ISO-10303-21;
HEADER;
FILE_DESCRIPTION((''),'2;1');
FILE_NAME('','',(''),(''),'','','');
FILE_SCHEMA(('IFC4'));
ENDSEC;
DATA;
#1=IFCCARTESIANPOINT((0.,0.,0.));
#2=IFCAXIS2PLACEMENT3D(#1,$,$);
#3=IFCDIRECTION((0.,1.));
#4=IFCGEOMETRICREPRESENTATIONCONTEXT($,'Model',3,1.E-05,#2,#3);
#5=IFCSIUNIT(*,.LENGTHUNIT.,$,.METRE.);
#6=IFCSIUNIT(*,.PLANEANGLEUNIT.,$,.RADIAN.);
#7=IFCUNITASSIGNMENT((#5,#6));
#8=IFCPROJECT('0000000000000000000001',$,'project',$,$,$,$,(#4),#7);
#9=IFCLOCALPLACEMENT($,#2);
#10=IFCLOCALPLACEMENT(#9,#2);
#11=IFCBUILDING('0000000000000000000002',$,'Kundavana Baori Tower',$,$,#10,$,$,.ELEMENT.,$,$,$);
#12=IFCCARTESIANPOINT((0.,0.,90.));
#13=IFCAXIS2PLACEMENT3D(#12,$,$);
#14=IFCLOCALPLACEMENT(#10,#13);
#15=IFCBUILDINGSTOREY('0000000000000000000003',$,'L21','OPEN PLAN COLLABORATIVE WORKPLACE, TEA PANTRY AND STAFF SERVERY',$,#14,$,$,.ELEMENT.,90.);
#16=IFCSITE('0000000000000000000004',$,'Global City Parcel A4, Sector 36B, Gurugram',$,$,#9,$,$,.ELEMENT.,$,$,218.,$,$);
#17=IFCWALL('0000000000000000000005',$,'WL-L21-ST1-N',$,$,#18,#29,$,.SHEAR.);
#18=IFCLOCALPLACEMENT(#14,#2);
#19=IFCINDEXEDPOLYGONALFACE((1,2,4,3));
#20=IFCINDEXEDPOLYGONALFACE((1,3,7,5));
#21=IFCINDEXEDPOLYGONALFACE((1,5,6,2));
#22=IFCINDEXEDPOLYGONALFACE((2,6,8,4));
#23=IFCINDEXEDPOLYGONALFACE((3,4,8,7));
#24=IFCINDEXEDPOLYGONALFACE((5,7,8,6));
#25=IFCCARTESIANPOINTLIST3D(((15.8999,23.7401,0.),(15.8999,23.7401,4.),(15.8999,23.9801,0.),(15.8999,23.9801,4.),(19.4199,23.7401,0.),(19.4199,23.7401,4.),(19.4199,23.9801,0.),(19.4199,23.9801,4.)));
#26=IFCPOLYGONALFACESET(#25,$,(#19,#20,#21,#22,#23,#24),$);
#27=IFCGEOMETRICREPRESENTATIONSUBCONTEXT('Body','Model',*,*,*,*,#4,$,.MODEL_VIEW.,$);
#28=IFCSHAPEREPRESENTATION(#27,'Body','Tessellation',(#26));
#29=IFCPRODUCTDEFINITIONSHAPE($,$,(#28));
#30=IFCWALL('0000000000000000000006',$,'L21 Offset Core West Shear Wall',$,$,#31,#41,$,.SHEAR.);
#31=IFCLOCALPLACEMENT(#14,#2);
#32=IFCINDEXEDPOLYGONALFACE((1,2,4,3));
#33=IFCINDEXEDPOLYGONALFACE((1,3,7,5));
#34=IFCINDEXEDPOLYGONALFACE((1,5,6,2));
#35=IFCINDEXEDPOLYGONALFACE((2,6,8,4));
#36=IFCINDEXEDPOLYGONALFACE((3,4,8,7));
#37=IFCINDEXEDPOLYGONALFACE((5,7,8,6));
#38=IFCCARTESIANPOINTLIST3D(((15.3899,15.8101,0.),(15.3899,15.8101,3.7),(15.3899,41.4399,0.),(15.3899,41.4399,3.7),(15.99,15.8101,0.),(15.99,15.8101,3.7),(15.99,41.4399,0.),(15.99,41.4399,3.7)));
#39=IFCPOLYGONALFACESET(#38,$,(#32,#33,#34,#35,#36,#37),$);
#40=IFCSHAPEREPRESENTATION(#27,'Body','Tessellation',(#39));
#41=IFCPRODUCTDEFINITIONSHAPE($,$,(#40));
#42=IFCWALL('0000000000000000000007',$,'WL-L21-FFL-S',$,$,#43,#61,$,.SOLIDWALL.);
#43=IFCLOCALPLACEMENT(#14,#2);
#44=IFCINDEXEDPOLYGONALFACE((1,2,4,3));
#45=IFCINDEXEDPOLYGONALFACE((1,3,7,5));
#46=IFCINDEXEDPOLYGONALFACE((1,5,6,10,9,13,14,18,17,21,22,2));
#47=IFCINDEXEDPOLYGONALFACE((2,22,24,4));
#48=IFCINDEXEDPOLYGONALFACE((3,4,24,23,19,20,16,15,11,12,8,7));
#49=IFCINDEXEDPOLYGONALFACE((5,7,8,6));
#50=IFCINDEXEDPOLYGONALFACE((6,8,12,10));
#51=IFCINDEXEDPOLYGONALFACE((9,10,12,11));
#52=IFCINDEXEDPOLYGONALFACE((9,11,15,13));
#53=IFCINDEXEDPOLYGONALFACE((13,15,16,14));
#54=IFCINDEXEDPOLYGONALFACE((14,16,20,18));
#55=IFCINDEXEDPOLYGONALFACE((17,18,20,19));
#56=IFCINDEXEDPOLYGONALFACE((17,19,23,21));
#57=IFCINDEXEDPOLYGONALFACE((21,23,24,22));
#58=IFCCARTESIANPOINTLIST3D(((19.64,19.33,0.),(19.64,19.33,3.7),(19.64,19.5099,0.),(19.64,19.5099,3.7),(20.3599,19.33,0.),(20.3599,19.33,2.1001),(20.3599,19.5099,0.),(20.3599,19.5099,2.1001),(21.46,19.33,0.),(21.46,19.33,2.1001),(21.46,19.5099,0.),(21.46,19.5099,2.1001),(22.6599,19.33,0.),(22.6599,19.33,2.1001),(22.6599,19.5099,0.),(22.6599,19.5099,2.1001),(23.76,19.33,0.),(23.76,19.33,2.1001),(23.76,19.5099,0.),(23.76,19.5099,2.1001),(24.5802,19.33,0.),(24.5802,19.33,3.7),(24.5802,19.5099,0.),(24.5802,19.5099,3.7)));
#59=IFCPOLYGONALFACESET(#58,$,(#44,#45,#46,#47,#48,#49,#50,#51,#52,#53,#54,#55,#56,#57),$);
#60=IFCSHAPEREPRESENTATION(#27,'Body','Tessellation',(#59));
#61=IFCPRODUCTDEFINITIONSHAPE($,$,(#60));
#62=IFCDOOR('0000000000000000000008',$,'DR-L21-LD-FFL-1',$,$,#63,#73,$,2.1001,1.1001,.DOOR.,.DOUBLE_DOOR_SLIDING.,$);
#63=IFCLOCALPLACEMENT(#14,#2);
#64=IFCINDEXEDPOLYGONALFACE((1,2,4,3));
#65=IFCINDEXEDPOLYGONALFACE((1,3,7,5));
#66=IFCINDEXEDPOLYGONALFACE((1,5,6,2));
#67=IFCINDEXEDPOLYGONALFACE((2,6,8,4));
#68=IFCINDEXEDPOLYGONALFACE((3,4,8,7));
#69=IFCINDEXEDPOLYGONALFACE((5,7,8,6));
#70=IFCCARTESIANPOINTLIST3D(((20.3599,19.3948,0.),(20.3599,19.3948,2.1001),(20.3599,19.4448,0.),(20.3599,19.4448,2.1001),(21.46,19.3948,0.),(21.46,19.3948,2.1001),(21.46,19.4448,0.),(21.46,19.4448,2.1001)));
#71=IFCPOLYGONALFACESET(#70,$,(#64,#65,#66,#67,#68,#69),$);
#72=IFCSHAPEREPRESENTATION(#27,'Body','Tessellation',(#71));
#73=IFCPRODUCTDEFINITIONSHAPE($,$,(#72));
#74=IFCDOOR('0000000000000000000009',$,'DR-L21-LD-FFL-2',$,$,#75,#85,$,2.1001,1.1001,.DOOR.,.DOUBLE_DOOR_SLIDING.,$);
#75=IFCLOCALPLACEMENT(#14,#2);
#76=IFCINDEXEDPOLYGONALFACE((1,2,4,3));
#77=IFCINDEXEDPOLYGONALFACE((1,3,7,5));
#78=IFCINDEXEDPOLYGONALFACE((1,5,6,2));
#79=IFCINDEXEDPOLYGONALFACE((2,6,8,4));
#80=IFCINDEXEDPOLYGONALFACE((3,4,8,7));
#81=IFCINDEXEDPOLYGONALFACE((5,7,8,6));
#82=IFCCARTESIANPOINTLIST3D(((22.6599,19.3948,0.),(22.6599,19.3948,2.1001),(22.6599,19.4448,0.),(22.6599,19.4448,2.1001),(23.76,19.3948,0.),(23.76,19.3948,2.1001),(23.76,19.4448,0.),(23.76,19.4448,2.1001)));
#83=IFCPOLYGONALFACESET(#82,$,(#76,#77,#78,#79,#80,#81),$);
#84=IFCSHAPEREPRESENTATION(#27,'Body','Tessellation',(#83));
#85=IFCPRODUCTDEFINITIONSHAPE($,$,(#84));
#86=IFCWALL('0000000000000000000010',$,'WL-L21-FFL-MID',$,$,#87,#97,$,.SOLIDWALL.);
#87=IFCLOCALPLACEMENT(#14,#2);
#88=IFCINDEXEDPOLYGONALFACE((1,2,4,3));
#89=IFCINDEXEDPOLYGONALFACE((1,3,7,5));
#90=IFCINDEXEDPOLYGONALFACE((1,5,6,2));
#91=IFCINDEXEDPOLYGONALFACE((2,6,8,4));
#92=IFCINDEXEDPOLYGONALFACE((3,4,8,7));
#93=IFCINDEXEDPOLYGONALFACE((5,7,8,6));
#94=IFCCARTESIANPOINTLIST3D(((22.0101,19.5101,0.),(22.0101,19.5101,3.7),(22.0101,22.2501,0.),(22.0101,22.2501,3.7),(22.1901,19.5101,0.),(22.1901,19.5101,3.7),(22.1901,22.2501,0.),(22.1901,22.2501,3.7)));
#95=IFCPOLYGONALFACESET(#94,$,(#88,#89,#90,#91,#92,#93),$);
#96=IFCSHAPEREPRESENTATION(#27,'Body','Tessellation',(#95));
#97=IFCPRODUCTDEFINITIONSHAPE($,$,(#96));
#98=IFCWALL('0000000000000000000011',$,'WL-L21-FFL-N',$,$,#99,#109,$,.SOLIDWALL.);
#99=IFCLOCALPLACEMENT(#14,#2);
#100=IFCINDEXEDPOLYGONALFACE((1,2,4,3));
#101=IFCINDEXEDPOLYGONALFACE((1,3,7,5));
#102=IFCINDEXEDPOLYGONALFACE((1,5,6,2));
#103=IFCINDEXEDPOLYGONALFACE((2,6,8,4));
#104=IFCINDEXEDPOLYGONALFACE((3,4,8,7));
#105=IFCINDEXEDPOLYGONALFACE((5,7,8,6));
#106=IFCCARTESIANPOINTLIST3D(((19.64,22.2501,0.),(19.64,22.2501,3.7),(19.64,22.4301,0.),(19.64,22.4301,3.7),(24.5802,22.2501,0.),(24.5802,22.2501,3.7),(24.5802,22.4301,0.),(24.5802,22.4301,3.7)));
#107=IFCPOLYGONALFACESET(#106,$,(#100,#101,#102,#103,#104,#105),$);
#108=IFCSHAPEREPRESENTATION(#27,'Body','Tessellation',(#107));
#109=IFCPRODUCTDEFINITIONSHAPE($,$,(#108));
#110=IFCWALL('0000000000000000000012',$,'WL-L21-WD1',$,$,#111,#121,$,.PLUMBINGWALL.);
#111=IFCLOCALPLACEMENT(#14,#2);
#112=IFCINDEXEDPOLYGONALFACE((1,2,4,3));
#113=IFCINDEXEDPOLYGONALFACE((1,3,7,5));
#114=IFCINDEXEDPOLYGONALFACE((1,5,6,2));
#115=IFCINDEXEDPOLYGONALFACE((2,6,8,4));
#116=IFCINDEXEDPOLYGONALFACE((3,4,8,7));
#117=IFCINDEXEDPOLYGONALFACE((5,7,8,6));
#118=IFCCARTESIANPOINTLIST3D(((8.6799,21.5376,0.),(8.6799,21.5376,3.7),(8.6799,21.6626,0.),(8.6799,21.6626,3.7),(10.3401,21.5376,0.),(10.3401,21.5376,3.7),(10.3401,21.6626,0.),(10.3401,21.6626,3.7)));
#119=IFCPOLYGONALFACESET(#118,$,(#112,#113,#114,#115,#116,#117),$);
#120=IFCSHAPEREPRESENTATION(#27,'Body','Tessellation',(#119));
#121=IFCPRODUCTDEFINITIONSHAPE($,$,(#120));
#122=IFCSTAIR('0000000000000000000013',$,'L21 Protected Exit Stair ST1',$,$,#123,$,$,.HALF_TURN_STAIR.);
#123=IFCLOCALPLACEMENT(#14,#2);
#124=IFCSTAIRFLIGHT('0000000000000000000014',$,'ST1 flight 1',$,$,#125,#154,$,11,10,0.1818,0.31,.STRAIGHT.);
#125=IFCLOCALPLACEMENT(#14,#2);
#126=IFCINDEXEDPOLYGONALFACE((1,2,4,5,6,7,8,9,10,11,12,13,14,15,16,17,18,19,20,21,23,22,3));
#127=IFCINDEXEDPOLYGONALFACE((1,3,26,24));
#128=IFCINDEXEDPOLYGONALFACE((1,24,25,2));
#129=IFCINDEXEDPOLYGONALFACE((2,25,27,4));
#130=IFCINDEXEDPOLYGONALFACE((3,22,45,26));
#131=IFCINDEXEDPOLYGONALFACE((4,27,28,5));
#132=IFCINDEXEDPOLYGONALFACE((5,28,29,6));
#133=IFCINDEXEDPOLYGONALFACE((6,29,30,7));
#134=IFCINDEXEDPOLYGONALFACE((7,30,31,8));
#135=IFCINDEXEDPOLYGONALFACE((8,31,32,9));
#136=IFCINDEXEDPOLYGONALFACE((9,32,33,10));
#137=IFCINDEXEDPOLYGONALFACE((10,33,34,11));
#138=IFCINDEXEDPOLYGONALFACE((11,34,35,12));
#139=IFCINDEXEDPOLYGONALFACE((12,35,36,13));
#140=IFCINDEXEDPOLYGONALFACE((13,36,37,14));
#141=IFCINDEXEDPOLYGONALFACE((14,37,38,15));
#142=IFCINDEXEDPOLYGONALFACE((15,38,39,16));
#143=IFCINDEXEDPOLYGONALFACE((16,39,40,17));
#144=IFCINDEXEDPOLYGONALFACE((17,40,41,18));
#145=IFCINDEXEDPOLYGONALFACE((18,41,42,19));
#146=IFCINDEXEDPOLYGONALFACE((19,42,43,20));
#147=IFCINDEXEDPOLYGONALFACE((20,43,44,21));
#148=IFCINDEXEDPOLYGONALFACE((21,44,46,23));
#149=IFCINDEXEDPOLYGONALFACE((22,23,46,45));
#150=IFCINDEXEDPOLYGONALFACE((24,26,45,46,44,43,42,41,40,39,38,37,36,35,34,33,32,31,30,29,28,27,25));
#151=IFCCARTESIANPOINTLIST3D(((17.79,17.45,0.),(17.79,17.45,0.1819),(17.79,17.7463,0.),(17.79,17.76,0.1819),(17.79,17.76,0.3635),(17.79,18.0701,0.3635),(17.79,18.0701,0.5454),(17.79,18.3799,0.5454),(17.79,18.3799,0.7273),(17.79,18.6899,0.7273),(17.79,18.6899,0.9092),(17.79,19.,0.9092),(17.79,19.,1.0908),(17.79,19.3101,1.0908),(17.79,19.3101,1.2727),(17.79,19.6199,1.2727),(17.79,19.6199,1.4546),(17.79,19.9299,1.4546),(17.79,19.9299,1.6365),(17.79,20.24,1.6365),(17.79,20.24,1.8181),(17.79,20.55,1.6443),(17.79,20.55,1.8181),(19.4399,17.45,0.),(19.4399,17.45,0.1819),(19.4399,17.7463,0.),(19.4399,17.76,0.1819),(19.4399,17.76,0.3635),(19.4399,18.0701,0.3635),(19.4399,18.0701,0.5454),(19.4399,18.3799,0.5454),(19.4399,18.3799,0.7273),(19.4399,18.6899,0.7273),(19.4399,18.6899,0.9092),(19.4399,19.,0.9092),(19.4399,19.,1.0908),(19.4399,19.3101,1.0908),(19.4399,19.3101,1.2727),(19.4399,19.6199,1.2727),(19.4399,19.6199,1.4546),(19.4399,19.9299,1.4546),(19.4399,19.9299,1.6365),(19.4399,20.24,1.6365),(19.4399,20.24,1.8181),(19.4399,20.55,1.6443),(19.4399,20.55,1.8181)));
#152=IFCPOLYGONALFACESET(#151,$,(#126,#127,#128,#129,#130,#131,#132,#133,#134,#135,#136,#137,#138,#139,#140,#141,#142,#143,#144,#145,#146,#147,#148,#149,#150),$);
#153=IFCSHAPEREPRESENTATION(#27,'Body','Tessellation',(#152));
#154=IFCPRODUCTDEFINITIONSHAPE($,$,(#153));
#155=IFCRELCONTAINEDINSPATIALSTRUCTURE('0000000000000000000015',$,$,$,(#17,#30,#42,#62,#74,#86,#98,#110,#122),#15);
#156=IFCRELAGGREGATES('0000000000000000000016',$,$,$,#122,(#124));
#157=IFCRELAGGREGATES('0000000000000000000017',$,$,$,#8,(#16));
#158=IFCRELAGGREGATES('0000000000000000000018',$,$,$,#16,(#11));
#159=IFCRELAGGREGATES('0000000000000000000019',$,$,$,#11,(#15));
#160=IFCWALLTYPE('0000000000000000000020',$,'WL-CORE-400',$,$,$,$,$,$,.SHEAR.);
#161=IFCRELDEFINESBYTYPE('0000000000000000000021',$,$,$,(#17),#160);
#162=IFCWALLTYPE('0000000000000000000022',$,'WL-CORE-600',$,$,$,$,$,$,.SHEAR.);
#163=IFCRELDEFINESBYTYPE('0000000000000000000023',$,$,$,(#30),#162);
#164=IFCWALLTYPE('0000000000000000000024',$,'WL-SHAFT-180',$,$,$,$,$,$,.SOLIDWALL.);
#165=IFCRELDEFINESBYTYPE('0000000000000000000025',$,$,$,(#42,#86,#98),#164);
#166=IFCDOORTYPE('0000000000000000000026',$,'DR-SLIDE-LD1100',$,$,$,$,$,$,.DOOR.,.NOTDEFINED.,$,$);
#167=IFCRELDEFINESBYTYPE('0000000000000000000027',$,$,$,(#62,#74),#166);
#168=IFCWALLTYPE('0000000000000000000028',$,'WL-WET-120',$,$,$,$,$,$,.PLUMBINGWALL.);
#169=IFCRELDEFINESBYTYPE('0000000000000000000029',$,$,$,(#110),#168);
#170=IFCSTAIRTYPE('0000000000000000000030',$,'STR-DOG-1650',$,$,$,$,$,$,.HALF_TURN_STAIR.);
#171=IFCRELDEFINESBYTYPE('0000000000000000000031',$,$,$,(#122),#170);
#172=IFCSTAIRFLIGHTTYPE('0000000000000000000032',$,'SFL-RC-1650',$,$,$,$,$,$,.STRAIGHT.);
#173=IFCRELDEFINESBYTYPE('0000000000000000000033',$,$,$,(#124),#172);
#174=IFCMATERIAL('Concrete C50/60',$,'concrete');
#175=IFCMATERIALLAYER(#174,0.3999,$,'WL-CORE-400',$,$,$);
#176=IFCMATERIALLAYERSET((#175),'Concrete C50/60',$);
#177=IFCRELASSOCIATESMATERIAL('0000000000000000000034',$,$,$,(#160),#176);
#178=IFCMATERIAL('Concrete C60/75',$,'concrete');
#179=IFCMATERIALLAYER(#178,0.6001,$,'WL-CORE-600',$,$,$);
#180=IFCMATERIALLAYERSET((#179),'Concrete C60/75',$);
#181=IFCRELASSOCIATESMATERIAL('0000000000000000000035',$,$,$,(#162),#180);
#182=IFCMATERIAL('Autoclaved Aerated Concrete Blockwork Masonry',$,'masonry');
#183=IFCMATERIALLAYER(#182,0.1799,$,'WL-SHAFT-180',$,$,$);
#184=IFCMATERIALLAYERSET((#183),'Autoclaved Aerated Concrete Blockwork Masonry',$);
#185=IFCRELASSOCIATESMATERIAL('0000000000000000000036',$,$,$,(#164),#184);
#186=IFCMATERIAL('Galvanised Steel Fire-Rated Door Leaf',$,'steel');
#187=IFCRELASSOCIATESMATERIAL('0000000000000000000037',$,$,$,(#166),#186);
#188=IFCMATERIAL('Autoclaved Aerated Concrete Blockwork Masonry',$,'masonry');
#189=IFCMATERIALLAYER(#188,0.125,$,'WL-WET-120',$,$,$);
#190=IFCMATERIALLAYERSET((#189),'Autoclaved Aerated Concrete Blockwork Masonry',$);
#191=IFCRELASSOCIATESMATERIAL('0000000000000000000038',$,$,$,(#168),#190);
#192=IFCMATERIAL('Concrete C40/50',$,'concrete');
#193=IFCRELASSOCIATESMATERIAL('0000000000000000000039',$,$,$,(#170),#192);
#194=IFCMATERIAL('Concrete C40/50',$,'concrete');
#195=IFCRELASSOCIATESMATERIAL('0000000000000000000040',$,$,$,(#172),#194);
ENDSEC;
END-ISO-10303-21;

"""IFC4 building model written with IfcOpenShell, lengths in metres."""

from ifc_helpers import new_model, si_unit, direction, frame, frame_2d, origin, place, context, subcontext, project, spatial, polyline, rectangle, outline, extrude, material, layer, layer_set, type_object, element, fill, aggregate, save


model = new_model("IFC4")

# Units and contexts
model_context = context("Model", 3, precision=1e-05, world=origin(), true_north=direction((0.0, 1.0)))
body_context = subcontext(model_context, "Body", "Model", "MODEL_VIEW")
ifc_project = project(units=[si_unit("LENGTHUNIT", "METRE"), si_unit("PLANEANGLEUNIT", "RADIAN")], contexts=[model_context])

# Site, building, storey
site_placement = place(None, origin())
site = spatial("IfcSite", under=ifc_project, at=site_placement, Name="Global City Parcel A4, Sector 36B, Gurugram", CompositionType="ELEMENT", RefElevation=218.0)
building_placement = place(site_placement, origin())
building = spatial("IfcBuilding", under=site, at=building_placement, Name="Kundavana Baori Tower", CompositionType="ELEMENT")
storey_placement = place(building_placement, frame((0.0, 0.0, 90.0)))
storey = spatial("IfcBuildingStorey", under=building, at=storey_placement, Name="L21", Description="OPEN PLAN COLLABORATIVE WORKPLACE, TEA PANTRY AND STAFF SERVERY", CompositionType="ELEMENT", Elevation=90.0)

# Walls
ifc_material_1 = material(Name="Concrete C50/60", Category="concrete")
ifc_layer_1 = layer(ifc_material_1, 0.3999, Name="WL-CORE-400")
ifc_layer_set_1 = layer_set([ifc_layer_1], Name="Concrete C50/60")
wall_type_1 = type_object("IfcWallType", Name="WL-CORE-400", PredefinedType="SHEAR", material=ifc_layer_set_1)
wall_1_placement = place(storey_placement, frame((15.8999, 23.8601, 0.0), z_axis=(0.0, 0.0, 1.0), x_axis=(1.0, 0.0, 0.0)))
element("IfcWall", 1, at=wall_1_placement, inside=storey, type_object=wall_type_1, Name="WL-L21-ST1-N", PredefinedType="SHEAR", context=body_context, shape_type="SweptSolid", body=[
    extrude(rectangle(XDim=3.52, YDim=0.24, at=frame_2d((1.76, 0.0))), origin(), (0.0, 0.0, 1.0), 4.0),
])
ifc_material_2 = material(Name="Concrete C60/75", Category="concrete")
ifc_layer_2 = layer(ifc_material_2, 0.6001, Name="WL-CORE-600")
ifc_layer_set_2 = layer_set([ifc_layer_2], Name="Concrete C60/75")
wall_type_2 = type_object("IfcWallType", Name="WL-CORE-600", PredefinedType="SHEAR", material=ifc_layer_set_2)
wall_2_placement = place(storey_placement, frame((15.6899, 15.8101, 0.0), z_axis=(0.0, 0.0, 1.0), x_axis=(0.0, 1.0, 0.0)))
element("IfcWall", 2, at=wall_2_placement, inside=storey, type_object=wall_type_2, Name="L21 Offset Core West Shear Wall", PredefinedType="SHEAR", context=body_context, shape_type="SweptSolid", body=[
    extrude(rectangle(XDim=25.6299, YDim=0.6001, at=frame_2d((12.8149, 0.0))), origin(), (0.0, 0.0, 1.0), 3.7),
])

# Wall, openings, doors
ifc_material_3 = material(Name="Autoclaved Aerated Concrete Blockwork Masonry", Category="masonry")
ifc_layer_3 = layer(ifc_material_3, 0.1799, Name="WL-SHAFT-180")
ifc_layer_set_3 = layer_set([ifc_layer_3], Name="Autoclaved Aerated Concrete Blockwork Masonry")
wall_type_3 = type_object("IfcWallType", Name="WL-SHAFT-180", PredefinedType="SOLIDWALL", material=ifc_layer_set_3)
wall_3_placement = place(storey_placement, frame((19.6399, 19.4199, 0.0), z_axis=(0.0, 0.0, 1.0), x_axis=(1.0, 0.0, 0.0)))
wall_3 = element("IfcWall", 3, at=wall_3_placement, inside=storey, type_object=wall_type_3, Name="WL-L21-FFL-S", PredefinedType="SOLIDWALL", context=body_context, shape_type="SweptSolid", body=[
    extrude(rectangle(XDim=4.9402, YDim=0.1799, at=frame_2d((2.4702, 0.0))), origin(), (0.0, 0.0, 1.0), 3.7),
])
opening_1_placement = place(wall_3_placement, frame((0.72, 0.0, 0.0)))
opening_1 = element("IfcOpeningElement", 4, at=opening_1_placement, cuts=wall_3, PredefinedType="OPENING", context=body_context, shape_type="SweptSolid", body=[
    extrude(rectangle(XDim=1.1001, YDim=2.1001, at=frame_2d((0.55, 1.05))), frame((0.0, 0.1001, 0.0), z_axis=(0.0, -1.0, 0.0), x_axis=(1.0, 0.0, 0.0)), (0.0, 0.0, 1.0), 0.2),
])
opening_2_placement = place(wall_3_placement, frame((3.02, 0.0, 0.0)))
opening_2 = element("IfcOpeningElement", 5, at=opening_2_placement, cuts=wall_3, PredefinedType="OPENING", context=body_context, shape_type="SweptSolid", body=[
    extrude(rectangle(XDim=1.1001, YDim=2.1001, at=frame_2d((0.55, 1.05))), frame((0.0, 0.1001, 0.0), z_axis=(0.0, -1.0, 0.0), x_axis=(1.0, 0.0, 0.0)), (0.0, 0.0, 1.0), 0.2),
])
ifc_material_4 = material(Name="Galvanised Steel Fire-Rated Door Leaf", Category="steel")
door_type_1 = type_object("IfcDoorType", Name="DR-SLIDE-LD1100", OperationType="NOTDEFINED", PredefinedType="DOOR", material=ifc_material_4)
door_1_placement = place(opening_1_placement, origin())
door_1 = element("IfcDoor", 6, at=door_1_placement, inside=storey, type_object=door_type_1, Name="DR-L21-LD-FFL-1", OperationType="DOUBLE_DOOR_SLIDING", OverallHeight=2.1001, OverallWidth=1.1001, PredefinedType="DOOR", context=body_context, shape_type="SweptSolid", body=[
    extrude(rectangle(XDim=1.1001, YDim=2.1001, at=frame_2d((0.55, 1.05))), frame((0.0, 0.0249, 0.0), z_axis=(0.0, -1.0, 0.0), x_axis=(1.0, 0.0, 0.0)), (0.0, 0.0, 1.0), 0.05),
])
fill(opening_1, door_1)
door_2_placement = place(opening_2_placement, origin())
door_2 = element("IfcDoor", 7, at=door_2_placement, inside=storey, type_object=door_type_1, Name="DR-L21-LD-FFL-2", OperationType="DOUBLE_DOOR_SLIDING", OverallHeight=2.1001, OverallWidth=1.1001, PredefinedType="DOOR", context=body_context, shape_type="SweptSolid", body=[
    extrude(rectangle(XDim=1.1001, YDim=2.1001, at=frame_2d((0.55, 1.05))), frame((0.0, 0.0249, 0.0), z_axis=(0.0, -1.0, 0.0), x_axis=(1.0, 0.0, 0.0)), (0.0, 0.0, 1.0), 0.05),
])
fill(opening_2, door_2)

# Walls
wall_4_placement = place(storey_placement, frame((22.1001, 19.51, 0.0), z_axis=(0.0, 0.0, 1.0), x_axis=(0.0, 1.0, 0.0)))
element("IfcWall", 8, at=wall_4_placement, inside=storey, type_object=wall_type_3, Name="WL-L21-FFL-MID", PredefinedType="SOLIDWALL", context=body_context, shape_type="SweptSolid", body=[
    extrude(rectangle(XDim=2.74, YDim=0.1799, at=frame_2d((1.3701, 0.0))), origin(), (0.0, 0.0, 1.0), 3.7),
])
wall_5_placement = place(storey_placement, frame((19.6399, 22.3401, 0.0), z_axis=(0.0, 0.0, 1.0), x_axis=(1.0, 0.0, 0.0)))
element("IfcWall", 9, at=wall_5_placement, inside=storey, type_object=wall_type_3, Name="WL-L21-FFL-N", PredefinedType="SOLIDWALL", context=body_context, shape_type="SweptSolid", body=[
    extrude(rectangle(XDim=4.9402, YDim=0.1799, at=frame_2d((2.4702, 0.0))), origin(), (0.0, 0.0, 1.0), 3.7),
])
ifc_material_5 = material(Name="Autoclaved Aerated Concrete Blockwork Masonry", Category="masonry")
ifc_layer_4 = layer(ifc_material_5, 0.125, Name="WL-WET-120")
ifc_layer_set_4 = layer_set([ifc_layer_4], Name="Autoclaved Aerated Concrete Blockwork Masonry")
wall_type_4 = type_object("IfcWallType", Name="WL-WET-120", PredefinedType="PLUMBINGWALL", material=ifc_layer_set_4)
wall_6_placement = place(storey_placement, frame((8.6799, 21.6001, 0.0), z_axis=(0.0, 0.0, 1.0), x_axis=(1.0, 0.0, 0.0)))
element("IfcWall", 10, at=wall_6_placement, inside=storey, type_object=wall_type_4, Name="WL-L21-WD1", PredefinedType="PLUMBINGWALL", context=body_context, shape_type="SweptSolid", body=[
    extrude(rectangle(XDim=1.6602, YDim=0.125, at=frame_2d((0.8301, 0.0))), origin(), (0.0, 0.0, 1.0), 3.7),
])

# Stair, stair flight
ifc_material_6 = material(Name="Concrete C40/50", Category="concrete")
stair_type = type_object("IfcStairType", Name="STR-DOG-1650", PredefinedType="HALF_TURN_STAIR", material=ifc_material_6)
stair_placement = place(storey_placement, origin())
stair = element("IfcStair", 11, at=stair_placement, inside=storey, type_object=stair_type, Name="L21 Protected Exit Stair ST1", PredefinedType="HALF_TURN_STAIR")
ifc_material_7 = material(Name="Concrete C40/50", Category="concrete")
stair_flight_type = type_object("IfcStairFlightType", Name="SFL-RC-1650", PredefinedType="STRAIGHT", material=ifc_material_7)
stair_flight_1_placement = place(storey_placement, frame((18.615, 17.45, 0.0), z_axis=(0.0, 0.0, 1.0), x_axis=(0.0, 1.0, 0.0)))
stair_flight_1 = element("IfcStairFlight", 12, at=stair_flight_1_placement, type_object=stair_flight_type, Name="ST1 flight 1", NumberOfRisers=11, NumberOfTreads=10, PredefinedType="STRAIGHT", RiserHeight=0.1818, TreadLength=0.31, context=body_context, shape_type="SweptSolid", body=[
    extrude(outline(polyline([(0.0, 0.0), (0.0, 0.1819), (0.3101, 0.1819), (0.3101, 0.3635), (0.6201, 0.3635), (0.6201, 0.5454), (0.9299, 0.5454), (0.9299, 0.7273), (1.24, 0.7273), (1.24, 0.9092), (1.55, 0.9092), (1.55, 1.0908), (1.8601, 1.0908), (1.8601, 1.2727), (2.1699, 1.2727), (2.1699, 1.4546), (2.48, 1.4546), (2.48, 1.6365), (2.79, 1.6365), (2.79, 1.8181), (3.1001, 1.8181), (3.1001, 2.0), (3.1001, 1.6443), (0.2964, 0.0), (0.0, 0.0)])), frame((0.0, 0.825, 0.0), z_axis=(0.0, -1.0, 0.0), x_axis=(1.0, 0.0, 0.0)), (0.0, 0.0, 1.0), 1.6499),
])
aggregate(stair, [stair_flight_1])

save(model, "model.ifc")
